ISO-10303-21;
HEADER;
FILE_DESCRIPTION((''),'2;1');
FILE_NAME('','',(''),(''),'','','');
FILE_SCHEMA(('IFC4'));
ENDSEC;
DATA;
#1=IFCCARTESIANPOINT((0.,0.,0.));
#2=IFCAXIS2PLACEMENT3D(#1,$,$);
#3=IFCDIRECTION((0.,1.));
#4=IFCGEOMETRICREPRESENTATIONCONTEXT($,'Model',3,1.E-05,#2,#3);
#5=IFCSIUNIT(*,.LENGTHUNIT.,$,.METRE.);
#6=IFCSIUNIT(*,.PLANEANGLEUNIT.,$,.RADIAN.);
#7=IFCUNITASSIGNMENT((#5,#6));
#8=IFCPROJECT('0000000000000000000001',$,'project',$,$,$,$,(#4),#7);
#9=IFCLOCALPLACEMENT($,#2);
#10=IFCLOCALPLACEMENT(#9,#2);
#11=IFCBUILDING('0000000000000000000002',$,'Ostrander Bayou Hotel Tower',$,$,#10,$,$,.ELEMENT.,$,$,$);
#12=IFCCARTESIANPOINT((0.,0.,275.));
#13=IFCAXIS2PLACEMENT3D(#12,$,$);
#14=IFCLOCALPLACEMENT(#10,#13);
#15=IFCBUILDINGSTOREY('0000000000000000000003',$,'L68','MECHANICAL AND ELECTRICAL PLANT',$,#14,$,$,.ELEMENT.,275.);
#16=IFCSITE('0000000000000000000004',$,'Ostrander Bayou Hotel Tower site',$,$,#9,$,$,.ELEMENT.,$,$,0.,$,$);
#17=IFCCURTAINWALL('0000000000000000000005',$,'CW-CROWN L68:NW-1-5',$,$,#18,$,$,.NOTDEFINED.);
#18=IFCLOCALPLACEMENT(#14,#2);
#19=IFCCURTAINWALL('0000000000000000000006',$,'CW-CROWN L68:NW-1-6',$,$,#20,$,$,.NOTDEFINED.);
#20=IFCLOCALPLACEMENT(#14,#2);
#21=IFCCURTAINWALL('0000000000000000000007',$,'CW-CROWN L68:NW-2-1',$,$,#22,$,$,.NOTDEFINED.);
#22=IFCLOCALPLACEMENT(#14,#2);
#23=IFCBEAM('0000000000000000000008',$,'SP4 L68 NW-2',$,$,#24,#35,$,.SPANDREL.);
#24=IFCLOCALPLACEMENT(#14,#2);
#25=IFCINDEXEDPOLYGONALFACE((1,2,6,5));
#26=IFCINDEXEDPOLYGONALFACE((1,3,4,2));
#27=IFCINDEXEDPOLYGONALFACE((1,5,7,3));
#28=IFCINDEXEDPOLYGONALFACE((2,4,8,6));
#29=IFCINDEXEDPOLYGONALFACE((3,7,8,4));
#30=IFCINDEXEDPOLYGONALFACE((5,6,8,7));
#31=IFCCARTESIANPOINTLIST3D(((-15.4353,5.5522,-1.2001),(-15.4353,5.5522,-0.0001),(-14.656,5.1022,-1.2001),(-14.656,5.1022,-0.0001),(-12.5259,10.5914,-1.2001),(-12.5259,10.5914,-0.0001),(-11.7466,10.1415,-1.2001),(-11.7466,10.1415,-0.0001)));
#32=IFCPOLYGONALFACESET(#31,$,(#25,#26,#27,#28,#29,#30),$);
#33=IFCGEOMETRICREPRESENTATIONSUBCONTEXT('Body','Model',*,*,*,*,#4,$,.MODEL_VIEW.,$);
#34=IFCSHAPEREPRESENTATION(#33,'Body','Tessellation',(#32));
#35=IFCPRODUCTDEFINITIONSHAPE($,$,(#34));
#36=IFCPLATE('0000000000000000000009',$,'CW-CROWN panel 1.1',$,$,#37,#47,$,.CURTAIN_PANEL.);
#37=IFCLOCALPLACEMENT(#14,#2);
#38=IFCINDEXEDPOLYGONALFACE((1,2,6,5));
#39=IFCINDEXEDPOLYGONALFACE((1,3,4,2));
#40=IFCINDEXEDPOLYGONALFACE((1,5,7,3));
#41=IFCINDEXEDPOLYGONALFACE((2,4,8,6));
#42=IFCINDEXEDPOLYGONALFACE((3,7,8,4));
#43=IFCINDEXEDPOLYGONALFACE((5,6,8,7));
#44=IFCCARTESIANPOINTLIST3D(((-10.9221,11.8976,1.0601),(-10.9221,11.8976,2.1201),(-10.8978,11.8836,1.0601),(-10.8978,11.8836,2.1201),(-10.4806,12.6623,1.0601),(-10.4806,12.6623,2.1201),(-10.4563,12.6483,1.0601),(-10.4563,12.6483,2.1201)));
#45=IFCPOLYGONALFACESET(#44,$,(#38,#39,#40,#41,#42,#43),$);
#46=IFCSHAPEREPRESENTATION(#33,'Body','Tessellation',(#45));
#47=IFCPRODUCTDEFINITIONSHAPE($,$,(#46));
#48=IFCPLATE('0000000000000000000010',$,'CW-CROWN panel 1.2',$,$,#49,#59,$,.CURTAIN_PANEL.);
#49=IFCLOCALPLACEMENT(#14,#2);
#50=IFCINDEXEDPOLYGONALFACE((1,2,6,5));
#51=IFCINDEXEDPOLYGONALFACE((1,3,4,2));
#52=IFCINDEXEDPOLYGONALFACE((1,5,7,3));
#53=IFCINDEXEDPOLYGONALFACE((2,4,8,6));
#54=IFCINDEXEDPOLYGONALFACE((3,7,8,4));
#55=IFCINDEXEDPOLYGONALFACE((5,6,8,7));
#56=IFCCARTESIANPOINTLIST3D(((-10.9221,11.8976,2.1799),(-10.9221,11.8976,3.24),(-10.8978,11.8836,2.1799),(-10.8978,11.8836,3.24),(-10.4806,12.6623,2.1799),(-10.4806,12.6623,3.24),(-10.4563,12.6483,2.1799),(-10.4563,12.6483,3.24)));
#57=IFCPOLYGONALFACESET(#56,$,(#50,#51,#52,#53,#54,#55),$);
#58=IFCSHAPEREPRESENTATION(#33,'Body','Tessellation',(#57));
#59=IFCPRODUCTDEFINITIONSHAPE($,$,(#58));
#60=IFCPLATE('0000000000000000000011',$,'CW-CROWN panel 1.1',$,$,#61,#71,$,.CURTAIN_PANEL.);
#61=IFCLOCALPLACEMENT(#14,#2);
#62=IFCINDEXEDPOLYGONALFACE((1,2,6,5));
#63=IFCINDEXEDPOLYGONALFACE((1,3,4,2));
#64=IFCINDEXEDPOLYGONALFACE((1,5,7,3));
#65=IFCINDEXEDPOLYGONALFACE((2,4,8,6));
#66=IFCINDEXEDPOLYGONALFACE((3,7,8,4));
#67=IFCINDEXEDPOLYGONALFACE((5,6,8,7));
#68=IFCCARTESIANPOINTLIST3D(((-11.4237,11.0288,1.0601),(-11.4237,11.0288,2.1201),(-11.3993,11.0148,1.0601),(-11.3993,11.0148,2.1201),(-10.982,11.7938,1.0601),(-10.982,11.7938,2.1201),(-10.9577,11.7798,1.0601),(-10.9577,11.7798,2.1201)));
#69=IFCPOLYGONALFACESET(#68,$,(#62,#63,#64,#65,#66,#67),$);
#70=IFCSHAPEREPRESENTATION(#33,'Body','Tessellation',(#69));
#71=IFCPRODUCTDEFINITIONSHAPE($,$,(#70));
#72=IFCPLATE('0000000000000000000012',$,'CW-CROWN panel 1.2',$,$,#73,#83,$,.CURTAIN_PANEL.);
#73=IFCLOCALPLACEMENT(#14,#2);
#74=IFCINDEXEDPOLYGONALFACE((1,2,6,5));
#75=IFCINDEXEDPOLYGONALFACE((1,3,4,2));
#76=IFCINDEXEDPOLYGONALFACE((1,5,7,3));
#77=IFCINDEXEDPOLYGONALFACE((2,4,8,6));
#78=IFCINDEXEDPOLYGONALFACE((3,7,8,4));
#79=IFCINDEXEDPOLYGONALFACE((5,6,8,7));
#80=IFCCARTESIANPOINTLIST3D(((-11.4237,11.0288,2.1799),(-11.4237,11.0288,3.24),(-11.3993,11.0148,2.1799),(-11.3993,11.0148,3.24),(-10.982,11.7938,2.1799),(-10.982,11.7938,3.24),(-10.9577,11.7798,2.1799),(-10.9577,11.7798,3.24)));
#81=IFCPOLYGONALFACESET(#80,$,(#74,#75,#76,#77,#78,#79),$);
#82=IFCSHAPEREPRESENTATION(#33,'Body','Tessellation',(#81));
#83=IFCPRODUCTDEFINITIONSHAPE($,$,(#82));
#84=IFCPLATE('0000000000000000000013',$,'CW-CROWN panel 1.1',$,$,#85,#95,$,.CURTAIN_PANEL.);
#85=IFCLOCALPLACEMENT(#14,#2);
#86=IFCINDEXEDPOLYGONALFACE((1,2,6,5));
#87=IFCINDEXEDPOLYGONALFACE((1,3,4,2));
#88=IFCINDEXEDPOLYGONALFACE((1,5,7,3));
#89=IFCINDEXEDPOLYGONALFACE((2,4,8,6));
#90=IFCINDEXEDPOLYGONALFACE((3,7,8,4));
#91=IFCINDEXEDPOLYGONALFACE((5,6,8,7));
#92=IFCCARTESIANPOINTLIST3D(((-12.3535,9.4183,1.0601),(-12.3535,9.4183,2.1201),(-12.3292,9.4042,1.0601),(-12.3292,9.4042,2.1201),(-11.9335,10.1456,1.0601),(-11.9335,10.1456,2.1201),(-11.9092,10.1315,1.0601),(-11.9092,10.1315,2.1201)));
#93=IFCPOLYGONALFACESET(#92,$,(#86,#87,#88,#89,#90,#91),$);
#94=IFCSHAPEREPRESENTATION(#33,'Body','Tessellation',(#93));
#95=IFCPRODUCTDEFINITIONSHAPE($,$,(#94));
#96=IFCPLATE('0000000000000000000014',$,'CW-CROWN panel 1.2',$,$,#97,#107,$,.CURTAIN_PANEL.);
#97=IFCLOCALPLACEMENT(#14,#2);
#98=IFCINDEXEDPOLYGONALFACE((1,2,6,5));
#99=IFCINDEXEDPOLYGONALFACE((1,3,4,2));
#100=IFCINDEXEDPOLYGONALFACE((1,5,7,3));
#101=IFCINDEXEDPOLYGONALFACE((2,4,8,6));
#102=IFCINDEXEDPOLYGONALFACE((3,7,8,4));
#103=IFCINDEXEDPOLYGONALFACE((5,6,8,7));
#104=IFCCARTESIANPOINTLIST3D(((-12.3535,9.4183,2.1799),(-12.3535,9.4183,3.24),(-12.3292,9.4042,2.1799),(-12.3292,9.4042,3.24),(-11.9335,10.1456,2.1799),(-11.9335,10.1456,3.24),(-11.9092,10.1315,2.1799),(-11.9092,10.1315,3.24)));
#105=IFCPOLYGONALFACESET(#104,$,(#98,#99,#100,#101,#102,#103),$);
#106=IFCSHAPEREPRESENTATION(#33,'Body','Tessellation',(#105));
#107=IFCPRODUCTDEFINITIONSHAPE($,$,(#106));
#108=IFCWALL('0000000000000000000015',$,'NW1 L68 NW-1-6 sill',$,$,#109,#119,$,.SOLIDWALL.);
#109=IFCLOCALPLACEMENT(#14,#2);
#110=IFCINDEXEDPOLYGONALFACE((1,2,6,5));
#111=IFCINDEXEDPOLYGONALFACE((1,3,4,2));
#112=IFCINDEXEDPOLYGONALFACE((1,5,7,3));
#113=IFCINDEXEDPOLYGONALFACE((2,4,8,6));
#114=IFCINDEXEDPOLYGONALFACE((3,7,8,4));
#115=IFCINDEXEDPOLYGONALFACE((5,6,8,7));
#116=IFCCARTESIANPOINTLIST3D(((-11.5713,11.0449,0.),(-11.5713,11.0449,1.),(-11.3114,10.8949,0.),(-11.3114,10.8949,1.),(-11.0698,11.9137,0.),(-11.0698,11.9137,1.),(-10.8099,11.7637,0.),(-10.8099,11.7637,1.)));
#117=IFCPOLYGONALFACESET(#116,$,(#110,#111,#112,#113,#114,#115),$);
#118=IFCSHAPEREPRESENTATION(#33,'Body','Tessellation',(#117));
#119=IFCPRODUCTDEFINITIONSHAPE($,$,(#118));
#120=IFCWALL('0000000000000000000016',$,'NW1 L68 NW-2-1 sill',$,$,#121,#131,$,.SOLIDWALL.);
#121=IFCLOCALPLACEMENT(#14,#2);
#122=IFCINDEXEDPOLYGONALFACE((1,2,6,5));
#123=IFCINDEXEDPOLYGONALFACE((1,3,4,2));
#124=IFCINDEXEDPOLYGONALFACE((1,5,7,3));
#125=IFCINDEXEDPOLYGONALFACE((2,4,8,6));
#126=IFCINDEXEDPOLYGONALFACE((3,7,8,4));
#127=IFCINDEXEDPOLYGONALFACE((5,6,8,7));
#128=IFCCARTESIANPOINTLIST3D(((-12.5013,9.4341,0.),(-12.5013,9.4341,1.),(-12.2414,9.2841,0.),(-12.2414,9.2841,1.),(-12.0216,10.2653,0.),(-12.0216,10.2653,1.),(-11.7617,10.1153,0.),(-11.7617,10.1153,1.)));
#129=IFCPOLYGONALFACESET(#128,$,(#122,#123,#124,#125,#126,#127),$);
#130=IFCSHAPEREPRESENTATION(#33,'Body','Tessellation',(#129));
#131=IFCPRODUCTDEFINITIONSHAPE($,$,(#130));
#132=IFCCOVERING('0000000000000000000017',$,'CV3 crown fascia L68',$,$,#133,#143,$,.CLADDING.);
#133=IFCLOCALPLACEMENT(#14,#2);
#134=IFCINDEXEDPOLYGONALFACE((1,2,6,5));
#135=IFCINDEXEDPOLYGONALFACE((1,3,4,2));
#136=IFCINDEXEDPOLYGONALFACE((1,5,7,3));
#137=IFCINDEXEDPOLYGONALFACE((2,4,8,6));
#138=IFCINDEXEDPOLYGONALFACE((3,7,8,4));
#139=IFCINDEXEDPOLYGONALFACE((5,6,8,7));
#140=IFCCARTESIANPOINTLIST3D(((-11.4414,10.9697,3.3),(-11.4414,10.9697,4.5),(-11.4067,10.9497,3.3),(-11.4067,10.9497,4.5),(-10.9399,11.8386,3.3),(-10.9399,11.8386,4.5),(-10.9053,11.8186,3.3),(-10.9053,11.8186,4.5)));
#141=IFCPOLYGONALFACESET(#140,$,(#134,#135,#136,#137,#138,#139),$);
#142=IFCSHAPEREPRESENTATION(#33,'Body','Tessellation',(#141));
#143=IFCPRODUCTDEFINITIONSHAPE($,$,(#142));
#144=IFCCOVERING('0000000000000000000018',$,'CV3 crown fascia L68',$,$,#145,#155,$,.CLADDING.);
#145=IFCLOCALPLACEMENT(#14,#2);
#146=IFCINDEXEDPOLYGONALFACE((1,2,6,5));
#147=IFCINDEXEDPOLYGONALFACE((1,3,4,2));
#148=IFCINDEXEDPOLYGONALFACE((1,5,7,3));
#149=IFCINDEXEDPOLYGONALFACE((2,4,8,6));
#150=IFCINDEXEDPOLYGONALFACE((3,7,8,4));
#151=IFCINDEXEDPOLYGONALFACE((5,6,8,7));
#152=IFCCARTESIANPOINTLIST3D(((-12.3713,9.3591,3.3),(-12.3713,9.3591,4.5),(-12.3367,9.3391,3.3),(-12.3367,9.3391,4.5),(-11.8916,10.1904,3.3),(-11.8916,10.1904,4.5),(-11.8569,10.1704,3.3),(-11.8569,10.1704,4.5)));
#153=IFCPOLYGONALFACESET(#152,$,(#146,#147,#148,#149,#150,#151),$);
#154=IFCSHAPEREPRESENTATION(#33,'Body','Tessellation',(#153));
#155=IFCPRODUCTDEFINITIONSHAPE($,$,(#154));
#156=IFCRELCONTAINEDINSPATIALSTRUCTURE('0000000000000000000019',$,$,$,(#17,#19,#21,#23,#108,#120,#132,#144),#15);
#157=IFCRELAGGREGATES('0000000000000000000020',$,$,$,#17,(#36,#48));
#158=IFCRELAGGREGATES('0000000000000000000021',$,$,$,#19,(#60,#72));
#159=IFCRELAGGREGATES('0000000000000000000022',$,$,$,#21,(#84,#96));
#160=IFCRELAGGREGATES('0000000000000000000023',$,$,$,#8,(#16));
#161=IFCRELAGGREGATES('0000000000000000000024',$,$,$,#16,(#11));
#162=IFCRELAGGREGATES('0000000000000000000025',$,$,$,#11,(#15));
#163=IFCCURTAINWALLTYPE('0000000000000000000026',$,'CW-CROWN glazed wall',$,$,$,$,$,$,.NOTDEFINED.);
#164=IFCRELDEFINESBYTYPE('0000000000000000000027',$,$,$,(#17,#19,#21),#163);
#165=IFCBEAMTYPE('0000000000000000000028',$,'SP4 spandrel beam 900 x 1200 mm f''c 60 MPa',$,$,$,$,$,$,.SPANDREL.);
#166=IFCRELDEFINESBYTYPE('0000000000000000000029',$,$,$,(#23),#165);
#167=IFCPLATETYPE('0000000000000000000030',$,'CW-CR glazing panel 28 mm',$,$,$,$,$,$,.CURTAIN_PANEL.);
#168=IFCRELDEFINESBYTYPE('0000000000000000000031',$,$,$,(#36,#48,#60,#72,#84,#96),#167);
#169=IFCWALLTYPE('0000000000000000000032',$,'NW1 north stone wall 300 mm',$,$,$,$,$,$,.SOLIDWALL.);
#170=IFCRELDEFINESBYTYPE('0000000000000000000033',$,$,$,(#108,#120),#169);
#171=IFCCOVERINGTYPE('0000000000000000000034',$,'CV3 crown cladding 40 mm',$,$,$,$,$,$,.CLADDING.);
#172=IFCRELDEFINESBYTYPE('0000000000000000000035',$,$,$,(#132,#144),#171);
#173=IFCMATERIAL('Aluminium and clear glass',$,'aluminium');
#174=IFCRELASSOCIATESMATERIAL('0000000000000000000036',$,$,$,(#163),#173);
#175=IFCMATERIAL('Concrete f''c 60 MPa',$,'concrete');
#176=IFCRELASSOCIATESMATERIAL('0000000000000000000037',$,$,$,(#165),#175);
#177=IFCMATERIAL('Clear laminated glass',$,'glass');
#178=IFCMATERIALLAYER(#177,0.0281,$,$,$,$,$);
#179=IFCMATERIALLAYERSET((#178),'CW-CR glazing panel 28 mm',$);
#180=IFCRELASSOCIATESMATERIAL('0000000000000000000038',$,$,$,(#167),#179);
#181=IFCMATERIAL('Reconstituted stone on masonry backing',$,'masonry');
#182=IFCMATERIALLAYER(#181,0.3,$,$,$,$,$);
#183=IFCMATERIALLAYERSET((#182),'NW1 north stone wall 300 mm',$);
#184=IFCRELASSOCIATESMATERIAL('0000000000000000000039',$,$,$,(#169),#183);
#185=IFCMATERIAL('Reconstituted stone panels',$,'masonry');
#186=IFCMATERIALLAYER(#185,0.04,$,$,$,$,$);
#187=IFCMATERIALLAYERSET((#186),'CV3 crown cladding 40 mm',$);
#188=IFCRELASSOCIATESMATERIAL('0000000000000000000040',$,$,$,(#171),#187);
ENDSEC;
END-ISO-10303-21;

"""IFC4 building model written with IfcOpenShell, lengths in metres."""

from ifc_helpers import new_model, si_unit, direction, frame, frame_2d, origin, origin_2d, place, context, subcontext, project, spatial, polyline, rectangle, outline, extrude, material, layer, layer_set, material_profile, profile_set, type_object, element, aggregate, save


model = new_model("IFC4")

# Units and contexts
model_context = context("Model", 3, precision=1e-05, world=origin(), true_north=direction((0.0, 1.0)))
body_context = subcontext(model_context, "Body", "Model", "MODEL_VIEW")
ifc_project = project(units=[si_unit("LENGTHUNIT", "METRE"), si_unit("PLANEANGLEUNIT", "RADIAN")], contexts=[model_context])

# Site, building, storey
site_placement = place(None, origin())
site = spatial("IfcSite", under=ifc_project, at=site_placement, Name="Ostrander Bayou Hotel Tower site", CompositionType="ELEMENT", RefElevation=0.0)
building_placement = place(site_placement, origin())
building = spatial("IfcBuilding", under=site, at=building_placement, Name="Ostrander Bayou Hotel Tower", CompositionType="ELEMENT")
storey_placement = place(building_placement, frame((0.0, 0.0, 275.0)))
storey = spatial("IfcBuildingStorey", under=building, at=storey_placement, Name="L68", Description="MECHANICAL AND ELECTRICAL PLANT", CompositionType="ELEMENT", Elevation=275.0)

# Curtain wall
ifc_material_1 = material(Name="Aluminium and clear glass", Category="aluminium")
curtain_wall_type = type_object("IfcCurtainWallType", Name="CW-CROWN glazed wall", PredefinedType="NOTDEFINED", material=ifc_material_1)
curtain_wall_1_placement = place(storey_placement, origin())
curtain_wall_1 = element("IfcCurtainWall", 1, at=curtain_wall_1_placement, inside=storey, type_object=curtain_wall_type, Name="CW-CROWN L68:NW-1-5", PredefinedType="NOTDEFINED")

# Curtain wall
curtain_wall_2_placement = place(storey_placement, origin())
curtain_wall_2 = element("IfcCurtainWall", 2, at=curtain_wall_2_placement, inside=storey, type_object=curtain_wall_type, Name="CW-CROWN L68:NW-1-6", PredefinedType="NOTDEFINED")

# Curtain wall
curtain_wall_3_placement = place(storey_placement, origin())
curtain_wall_3 = element("IfcCurtainWall", 3, at=curtain_wall_3_placement, inside=storey, type_object=curtain_wall_type, Name="CW-CROWN L68:NW-2-1", PredefinedType="NOTDEFINED")

# Beam
ifc_material_2 = material(Name="Concrete f'c 60 MPa", Category="concrete")
ifc_material_profile_1 = material_profile(ifc_material_2, rectangle(XDim=0.8999, YDim=1.2, at=origin_2d()))
ifc_profile_set_1 = profile_set([ifc_material_profile_1], Name="Concrete f'c 60 MPa")
beam_type = type_object("IfcBeamType", Name="SP4 spandrel beam 900 x 1200 mm f'c 60 MPa", PredefinedType="SPANDREL", material=ifc_profile_set_1)
beam_placement = place(storey_placement, frame((-12.1362, 10.3665, -0.6001), z_axis=(-0.499997, -0.866027, 0.0), x_axis=(0.866027, -0.499997, 0.0)))
element("IfcBeam", 4, at=beam_placement, inside=storey, type_object=beam_type, Name="SP4 L68 NW-2", PredefinedType="SPANDREL", context=body_context, shape_type="SweptSolid", body=[
    extrude(rectangle(XDim=0.8999, YDim=1.2, at=origin_2d()), origin(), (0.0, 0.0, 1.0), 5.8188),
])

# Plates
ifc_material_3 = material(Name="Clear laminated glass", Category="glass")
ifc_layer_1 = layer(ifc_material_3, 0.0281)
ifc_layer_set_1 = layer_set([ifc_layer_1], Name="CW-CR glazing panel 28 mm")
plate_type = type_object("IfcPlateType", Name="CW-CR glazing panel 28 mm", PredefinedType="CURTAIN_PANEL", material=ifc_layer_set_1)
plate_1_placement = place(storey_placement, frame((-10.6892, 12.2729, 1.0601), z_axis=(0.0, 0.0, 1.0), x_axis=(-0.500042, -0.866001, 0.0)))
plate_1 = element("IfcPlate", 5, at=plate_1_placement, type_object=plate_type, Name="CW-CROWN panel 1.1", PredefinedType="CURTAIN_PANEL", context=body_context, shape_type="SweptSolid", body=[
    extrude(rectangle(XDim=0.8831, YDim=0.0281, at=origin_2d()), origin(), (0.0, 0.0, 1.0), 1.0601),
])
plate_2_placement = place(storey_placement, frame((-10.6892, 12.2729, 2.1799), z_axis=(0.0, 0.0, 1.0), x_axis=(-0.500042, -0.866001, 0.0)))
plate_2 = element("IfcPlate", 6, at=plate_2_placement, type_object=plate_type, Name="CW-CROWN panel 1.2", PredefinedType="CURTAIN_PANEL", context=body_context, shape_type="SweptSolid", body=[
    extrude(rectangle(XDim=0.8831, YDim=0.0281, at=origin_2d()), origin(), (0.0, 0.0, 1.0), 1.0601),
])
aggregate(curtain_wall_1, [plate_1, plate_2])
plate_3_placement = place(storey_placement, frame((-11.1907, 11.4043, 1.0601), z_axis=(0.0, 0.0, 1.0), x_axis=(-0.499999, -0.866026, 0.0)))
plate_3 = element("IfcPlate", 7, at=plate_3_placement, type_object=plate_type, Name="CW-CROWN panel 1.1", PredefinedType="CURTAIN_PANEL", context=body_context, shape_type="SweptSolid", body=[
    extrude(rectangle(XDim=0.8833, YDim=0.0281, at=origin_2d()), origin(), (0.0, 0.0, 1.0), 1.0601),
])
plate_4_placement = place(storey_placement, frame((-11.1907, 11.4043, 2.1799), z_axis=(0.0, 0.0, 1.0), x_axis=(-0.499999, -0.866026, 0.0)))
plate_4 = element("IfcPlate", 8, at=plate_4_placement, type_object=plate_type, Name="CW-CROWN panel 1.2", PredefinedType="CURTAIN_PANEL", context=body_context, shape_type="SweptSolid", body=[
    extrude(rectangle(XDim=0.8833, YDim=0.0281, at=origin_2d()), origin(), (0.0, 0.0, 1.0), 1.0601),
])
aggregate(curtain_wall_2, [plate_3, plate_4])
plate_5_placement = place(storey_placement, frame((-12.1313, 9.7749, 1.0601), z_axis=(0.0, 0.0, 1.0), x_axis=(-0.500005, -0.866022, 0.0)))
plate_5 = element("IfcPlate", 9, at=plate_5_placement, type_object=plate_type, Name="CW-CROWN panel 1.1", PredefinedType="CURTAIN_PANEL", context=body_context, shape_type="SweptSolid", body=[
    extrude(rectangle(XDim=0.8398, YDim=0.0281, at=origin_2d()), origin(), (0.0, 0.0, 1.0), 1.0601),
])
plate_6_placement = place(storey_placement, frame((-12.1313, 9.7749, 2.1799), z_axis=(0.0, 0.0, 1.0), x_axis=(-0.500005, -0.866022, 0.0)))
plate_6 = element("IfcPlate", 10, at=plate_6_placement, type_object=plate_type, Name="CW-CROWN panel 1.2", PredefinedType="CURTAIN_PANEL", context=body_context, shape_type="SweptSolid", body=[
    extrude(rectangle(XDim=0.8398, YDim=0.0281, at=origin_2d()), origin(), (0.0, 0.0, 1.0), 1.0601),
])
aggregate(curtain_wall_3, [plate_5, plate_6])

# Walls
ifc_material_4 = material(Name="Reconstituted stone on masonry backing", Category="masonry")
ifc_layer_2 = layer(ifc_material_4, 0.3)
ifc_layer_set_2 = layer_set([ifc_layer_2], Name="NW1 north stone wall 300 mm")
wall_type = type_object("IfcWallType", Name="NW1 north stone wall 300 mm", PredefinedType="SOLIDWALL", material=ifc_layer_set_2)
wall_1_placement = place(storey_placement, frame((-10.9399, 11.8386, 0.0), z_axis=(0.0, 0.0, 1.0), x_axis=(-0.499856, -0.866109, 0.0)))
element("IfcWall", 11, at=wall_1_placement, inside=storey, type_object=wall_type, Name="NW1 L68 NW-1-6 sill", PredefinedType="SOLIDWALL", context=body_context, shape_type="SweptSolid", body=[
    extrude(rectangle(XDim=1.0032, YDim=0.3, at=frame_2d((0.5015, 0.0))), origin(), (0.0, 0.0, 1.0), 1.0),
])
wall_2_placement = place(storey_placement, frame((-11.8916, 10.1904, 0.0), z_axis=(0.0, 0.0, 1.0), x_axis=(-0.499833, -0.866122, 0.0)))
element("IfcWall", 12, at=wall_2_placement, inside=storey, type_object=wall_type, Name="NW1 L68 NW-2-1 sill", PredefinedType="SOLIDWALL", context=body_context, shape_type="SweptSolid", body=[
    extrude(rectangle(XDim=0.9597, YDim=0.3, at=frame_2d((0.48, 0.0))), origin(), (0.0, 0.0, 1.0), 1.0),
])

# Coverings
ifc_material_5 = material(Name="Reconstituted stone panels", Category="masonry")
ifc_layer_3 = layer(ifc_material_5, 0.04)
ifc_layer_set_3 = layer_set([ifc_layer_3], Name="CV3 crown cladding 40 mm")
covering_type = type_object("IfcCoveringType", Name="CV3 crown cladding 40 mm", PredefinedType="CLADDING", material=ifc_layer_set_3)
covering_1_placement = place(storey_placement, frame((-10.9399, 11.8386, 3.3), z_axis=(-0.866109, 0.499856, 0.0), x_axis=(-0.499856, -0.866109, 0.0)))
element("IfcCovering", 13, at=covering_1_placement, inside=storey, type_object=covering_type, Name="CV3 crown fascia L68", PredefinedType="CLADDING", context=body_context, shape_type="SweptSolid", body=[
    extrude(outline(polyline([(0.0, 0.0), (1.0032, 0.0), (1.0032, 1.2), (0.0, 1.2), (0.0, 0.0)])), origin(), (0.0, 0.0, -1.0), 0.04),
])
covering_2_placement = place(storey_placement, frame((-11.8916, 10.1904, 3.3), z_axis=(-0.866122, 0.499833, 0.0), x_axis=(-0.499833, -0.866122, 0.0)))
element("IfcCovering", 14, at=covering_2_placement, inside=storey, type_object=covering_type, Name="CV3 crown fascia L68", PredefinedType="CLADDING", context=body_context, shape_type="SweptSolid", body=[
    extrude(outline(polyline([(0.0, 0.0), (0.9598, 0.0), (0.9598, 1.2), (0.0, 1.2), (0.0, 0.0)])), origin(), (0.0, 0.0, -1.0), 0.04),
])

save(model, "model.ifc")
